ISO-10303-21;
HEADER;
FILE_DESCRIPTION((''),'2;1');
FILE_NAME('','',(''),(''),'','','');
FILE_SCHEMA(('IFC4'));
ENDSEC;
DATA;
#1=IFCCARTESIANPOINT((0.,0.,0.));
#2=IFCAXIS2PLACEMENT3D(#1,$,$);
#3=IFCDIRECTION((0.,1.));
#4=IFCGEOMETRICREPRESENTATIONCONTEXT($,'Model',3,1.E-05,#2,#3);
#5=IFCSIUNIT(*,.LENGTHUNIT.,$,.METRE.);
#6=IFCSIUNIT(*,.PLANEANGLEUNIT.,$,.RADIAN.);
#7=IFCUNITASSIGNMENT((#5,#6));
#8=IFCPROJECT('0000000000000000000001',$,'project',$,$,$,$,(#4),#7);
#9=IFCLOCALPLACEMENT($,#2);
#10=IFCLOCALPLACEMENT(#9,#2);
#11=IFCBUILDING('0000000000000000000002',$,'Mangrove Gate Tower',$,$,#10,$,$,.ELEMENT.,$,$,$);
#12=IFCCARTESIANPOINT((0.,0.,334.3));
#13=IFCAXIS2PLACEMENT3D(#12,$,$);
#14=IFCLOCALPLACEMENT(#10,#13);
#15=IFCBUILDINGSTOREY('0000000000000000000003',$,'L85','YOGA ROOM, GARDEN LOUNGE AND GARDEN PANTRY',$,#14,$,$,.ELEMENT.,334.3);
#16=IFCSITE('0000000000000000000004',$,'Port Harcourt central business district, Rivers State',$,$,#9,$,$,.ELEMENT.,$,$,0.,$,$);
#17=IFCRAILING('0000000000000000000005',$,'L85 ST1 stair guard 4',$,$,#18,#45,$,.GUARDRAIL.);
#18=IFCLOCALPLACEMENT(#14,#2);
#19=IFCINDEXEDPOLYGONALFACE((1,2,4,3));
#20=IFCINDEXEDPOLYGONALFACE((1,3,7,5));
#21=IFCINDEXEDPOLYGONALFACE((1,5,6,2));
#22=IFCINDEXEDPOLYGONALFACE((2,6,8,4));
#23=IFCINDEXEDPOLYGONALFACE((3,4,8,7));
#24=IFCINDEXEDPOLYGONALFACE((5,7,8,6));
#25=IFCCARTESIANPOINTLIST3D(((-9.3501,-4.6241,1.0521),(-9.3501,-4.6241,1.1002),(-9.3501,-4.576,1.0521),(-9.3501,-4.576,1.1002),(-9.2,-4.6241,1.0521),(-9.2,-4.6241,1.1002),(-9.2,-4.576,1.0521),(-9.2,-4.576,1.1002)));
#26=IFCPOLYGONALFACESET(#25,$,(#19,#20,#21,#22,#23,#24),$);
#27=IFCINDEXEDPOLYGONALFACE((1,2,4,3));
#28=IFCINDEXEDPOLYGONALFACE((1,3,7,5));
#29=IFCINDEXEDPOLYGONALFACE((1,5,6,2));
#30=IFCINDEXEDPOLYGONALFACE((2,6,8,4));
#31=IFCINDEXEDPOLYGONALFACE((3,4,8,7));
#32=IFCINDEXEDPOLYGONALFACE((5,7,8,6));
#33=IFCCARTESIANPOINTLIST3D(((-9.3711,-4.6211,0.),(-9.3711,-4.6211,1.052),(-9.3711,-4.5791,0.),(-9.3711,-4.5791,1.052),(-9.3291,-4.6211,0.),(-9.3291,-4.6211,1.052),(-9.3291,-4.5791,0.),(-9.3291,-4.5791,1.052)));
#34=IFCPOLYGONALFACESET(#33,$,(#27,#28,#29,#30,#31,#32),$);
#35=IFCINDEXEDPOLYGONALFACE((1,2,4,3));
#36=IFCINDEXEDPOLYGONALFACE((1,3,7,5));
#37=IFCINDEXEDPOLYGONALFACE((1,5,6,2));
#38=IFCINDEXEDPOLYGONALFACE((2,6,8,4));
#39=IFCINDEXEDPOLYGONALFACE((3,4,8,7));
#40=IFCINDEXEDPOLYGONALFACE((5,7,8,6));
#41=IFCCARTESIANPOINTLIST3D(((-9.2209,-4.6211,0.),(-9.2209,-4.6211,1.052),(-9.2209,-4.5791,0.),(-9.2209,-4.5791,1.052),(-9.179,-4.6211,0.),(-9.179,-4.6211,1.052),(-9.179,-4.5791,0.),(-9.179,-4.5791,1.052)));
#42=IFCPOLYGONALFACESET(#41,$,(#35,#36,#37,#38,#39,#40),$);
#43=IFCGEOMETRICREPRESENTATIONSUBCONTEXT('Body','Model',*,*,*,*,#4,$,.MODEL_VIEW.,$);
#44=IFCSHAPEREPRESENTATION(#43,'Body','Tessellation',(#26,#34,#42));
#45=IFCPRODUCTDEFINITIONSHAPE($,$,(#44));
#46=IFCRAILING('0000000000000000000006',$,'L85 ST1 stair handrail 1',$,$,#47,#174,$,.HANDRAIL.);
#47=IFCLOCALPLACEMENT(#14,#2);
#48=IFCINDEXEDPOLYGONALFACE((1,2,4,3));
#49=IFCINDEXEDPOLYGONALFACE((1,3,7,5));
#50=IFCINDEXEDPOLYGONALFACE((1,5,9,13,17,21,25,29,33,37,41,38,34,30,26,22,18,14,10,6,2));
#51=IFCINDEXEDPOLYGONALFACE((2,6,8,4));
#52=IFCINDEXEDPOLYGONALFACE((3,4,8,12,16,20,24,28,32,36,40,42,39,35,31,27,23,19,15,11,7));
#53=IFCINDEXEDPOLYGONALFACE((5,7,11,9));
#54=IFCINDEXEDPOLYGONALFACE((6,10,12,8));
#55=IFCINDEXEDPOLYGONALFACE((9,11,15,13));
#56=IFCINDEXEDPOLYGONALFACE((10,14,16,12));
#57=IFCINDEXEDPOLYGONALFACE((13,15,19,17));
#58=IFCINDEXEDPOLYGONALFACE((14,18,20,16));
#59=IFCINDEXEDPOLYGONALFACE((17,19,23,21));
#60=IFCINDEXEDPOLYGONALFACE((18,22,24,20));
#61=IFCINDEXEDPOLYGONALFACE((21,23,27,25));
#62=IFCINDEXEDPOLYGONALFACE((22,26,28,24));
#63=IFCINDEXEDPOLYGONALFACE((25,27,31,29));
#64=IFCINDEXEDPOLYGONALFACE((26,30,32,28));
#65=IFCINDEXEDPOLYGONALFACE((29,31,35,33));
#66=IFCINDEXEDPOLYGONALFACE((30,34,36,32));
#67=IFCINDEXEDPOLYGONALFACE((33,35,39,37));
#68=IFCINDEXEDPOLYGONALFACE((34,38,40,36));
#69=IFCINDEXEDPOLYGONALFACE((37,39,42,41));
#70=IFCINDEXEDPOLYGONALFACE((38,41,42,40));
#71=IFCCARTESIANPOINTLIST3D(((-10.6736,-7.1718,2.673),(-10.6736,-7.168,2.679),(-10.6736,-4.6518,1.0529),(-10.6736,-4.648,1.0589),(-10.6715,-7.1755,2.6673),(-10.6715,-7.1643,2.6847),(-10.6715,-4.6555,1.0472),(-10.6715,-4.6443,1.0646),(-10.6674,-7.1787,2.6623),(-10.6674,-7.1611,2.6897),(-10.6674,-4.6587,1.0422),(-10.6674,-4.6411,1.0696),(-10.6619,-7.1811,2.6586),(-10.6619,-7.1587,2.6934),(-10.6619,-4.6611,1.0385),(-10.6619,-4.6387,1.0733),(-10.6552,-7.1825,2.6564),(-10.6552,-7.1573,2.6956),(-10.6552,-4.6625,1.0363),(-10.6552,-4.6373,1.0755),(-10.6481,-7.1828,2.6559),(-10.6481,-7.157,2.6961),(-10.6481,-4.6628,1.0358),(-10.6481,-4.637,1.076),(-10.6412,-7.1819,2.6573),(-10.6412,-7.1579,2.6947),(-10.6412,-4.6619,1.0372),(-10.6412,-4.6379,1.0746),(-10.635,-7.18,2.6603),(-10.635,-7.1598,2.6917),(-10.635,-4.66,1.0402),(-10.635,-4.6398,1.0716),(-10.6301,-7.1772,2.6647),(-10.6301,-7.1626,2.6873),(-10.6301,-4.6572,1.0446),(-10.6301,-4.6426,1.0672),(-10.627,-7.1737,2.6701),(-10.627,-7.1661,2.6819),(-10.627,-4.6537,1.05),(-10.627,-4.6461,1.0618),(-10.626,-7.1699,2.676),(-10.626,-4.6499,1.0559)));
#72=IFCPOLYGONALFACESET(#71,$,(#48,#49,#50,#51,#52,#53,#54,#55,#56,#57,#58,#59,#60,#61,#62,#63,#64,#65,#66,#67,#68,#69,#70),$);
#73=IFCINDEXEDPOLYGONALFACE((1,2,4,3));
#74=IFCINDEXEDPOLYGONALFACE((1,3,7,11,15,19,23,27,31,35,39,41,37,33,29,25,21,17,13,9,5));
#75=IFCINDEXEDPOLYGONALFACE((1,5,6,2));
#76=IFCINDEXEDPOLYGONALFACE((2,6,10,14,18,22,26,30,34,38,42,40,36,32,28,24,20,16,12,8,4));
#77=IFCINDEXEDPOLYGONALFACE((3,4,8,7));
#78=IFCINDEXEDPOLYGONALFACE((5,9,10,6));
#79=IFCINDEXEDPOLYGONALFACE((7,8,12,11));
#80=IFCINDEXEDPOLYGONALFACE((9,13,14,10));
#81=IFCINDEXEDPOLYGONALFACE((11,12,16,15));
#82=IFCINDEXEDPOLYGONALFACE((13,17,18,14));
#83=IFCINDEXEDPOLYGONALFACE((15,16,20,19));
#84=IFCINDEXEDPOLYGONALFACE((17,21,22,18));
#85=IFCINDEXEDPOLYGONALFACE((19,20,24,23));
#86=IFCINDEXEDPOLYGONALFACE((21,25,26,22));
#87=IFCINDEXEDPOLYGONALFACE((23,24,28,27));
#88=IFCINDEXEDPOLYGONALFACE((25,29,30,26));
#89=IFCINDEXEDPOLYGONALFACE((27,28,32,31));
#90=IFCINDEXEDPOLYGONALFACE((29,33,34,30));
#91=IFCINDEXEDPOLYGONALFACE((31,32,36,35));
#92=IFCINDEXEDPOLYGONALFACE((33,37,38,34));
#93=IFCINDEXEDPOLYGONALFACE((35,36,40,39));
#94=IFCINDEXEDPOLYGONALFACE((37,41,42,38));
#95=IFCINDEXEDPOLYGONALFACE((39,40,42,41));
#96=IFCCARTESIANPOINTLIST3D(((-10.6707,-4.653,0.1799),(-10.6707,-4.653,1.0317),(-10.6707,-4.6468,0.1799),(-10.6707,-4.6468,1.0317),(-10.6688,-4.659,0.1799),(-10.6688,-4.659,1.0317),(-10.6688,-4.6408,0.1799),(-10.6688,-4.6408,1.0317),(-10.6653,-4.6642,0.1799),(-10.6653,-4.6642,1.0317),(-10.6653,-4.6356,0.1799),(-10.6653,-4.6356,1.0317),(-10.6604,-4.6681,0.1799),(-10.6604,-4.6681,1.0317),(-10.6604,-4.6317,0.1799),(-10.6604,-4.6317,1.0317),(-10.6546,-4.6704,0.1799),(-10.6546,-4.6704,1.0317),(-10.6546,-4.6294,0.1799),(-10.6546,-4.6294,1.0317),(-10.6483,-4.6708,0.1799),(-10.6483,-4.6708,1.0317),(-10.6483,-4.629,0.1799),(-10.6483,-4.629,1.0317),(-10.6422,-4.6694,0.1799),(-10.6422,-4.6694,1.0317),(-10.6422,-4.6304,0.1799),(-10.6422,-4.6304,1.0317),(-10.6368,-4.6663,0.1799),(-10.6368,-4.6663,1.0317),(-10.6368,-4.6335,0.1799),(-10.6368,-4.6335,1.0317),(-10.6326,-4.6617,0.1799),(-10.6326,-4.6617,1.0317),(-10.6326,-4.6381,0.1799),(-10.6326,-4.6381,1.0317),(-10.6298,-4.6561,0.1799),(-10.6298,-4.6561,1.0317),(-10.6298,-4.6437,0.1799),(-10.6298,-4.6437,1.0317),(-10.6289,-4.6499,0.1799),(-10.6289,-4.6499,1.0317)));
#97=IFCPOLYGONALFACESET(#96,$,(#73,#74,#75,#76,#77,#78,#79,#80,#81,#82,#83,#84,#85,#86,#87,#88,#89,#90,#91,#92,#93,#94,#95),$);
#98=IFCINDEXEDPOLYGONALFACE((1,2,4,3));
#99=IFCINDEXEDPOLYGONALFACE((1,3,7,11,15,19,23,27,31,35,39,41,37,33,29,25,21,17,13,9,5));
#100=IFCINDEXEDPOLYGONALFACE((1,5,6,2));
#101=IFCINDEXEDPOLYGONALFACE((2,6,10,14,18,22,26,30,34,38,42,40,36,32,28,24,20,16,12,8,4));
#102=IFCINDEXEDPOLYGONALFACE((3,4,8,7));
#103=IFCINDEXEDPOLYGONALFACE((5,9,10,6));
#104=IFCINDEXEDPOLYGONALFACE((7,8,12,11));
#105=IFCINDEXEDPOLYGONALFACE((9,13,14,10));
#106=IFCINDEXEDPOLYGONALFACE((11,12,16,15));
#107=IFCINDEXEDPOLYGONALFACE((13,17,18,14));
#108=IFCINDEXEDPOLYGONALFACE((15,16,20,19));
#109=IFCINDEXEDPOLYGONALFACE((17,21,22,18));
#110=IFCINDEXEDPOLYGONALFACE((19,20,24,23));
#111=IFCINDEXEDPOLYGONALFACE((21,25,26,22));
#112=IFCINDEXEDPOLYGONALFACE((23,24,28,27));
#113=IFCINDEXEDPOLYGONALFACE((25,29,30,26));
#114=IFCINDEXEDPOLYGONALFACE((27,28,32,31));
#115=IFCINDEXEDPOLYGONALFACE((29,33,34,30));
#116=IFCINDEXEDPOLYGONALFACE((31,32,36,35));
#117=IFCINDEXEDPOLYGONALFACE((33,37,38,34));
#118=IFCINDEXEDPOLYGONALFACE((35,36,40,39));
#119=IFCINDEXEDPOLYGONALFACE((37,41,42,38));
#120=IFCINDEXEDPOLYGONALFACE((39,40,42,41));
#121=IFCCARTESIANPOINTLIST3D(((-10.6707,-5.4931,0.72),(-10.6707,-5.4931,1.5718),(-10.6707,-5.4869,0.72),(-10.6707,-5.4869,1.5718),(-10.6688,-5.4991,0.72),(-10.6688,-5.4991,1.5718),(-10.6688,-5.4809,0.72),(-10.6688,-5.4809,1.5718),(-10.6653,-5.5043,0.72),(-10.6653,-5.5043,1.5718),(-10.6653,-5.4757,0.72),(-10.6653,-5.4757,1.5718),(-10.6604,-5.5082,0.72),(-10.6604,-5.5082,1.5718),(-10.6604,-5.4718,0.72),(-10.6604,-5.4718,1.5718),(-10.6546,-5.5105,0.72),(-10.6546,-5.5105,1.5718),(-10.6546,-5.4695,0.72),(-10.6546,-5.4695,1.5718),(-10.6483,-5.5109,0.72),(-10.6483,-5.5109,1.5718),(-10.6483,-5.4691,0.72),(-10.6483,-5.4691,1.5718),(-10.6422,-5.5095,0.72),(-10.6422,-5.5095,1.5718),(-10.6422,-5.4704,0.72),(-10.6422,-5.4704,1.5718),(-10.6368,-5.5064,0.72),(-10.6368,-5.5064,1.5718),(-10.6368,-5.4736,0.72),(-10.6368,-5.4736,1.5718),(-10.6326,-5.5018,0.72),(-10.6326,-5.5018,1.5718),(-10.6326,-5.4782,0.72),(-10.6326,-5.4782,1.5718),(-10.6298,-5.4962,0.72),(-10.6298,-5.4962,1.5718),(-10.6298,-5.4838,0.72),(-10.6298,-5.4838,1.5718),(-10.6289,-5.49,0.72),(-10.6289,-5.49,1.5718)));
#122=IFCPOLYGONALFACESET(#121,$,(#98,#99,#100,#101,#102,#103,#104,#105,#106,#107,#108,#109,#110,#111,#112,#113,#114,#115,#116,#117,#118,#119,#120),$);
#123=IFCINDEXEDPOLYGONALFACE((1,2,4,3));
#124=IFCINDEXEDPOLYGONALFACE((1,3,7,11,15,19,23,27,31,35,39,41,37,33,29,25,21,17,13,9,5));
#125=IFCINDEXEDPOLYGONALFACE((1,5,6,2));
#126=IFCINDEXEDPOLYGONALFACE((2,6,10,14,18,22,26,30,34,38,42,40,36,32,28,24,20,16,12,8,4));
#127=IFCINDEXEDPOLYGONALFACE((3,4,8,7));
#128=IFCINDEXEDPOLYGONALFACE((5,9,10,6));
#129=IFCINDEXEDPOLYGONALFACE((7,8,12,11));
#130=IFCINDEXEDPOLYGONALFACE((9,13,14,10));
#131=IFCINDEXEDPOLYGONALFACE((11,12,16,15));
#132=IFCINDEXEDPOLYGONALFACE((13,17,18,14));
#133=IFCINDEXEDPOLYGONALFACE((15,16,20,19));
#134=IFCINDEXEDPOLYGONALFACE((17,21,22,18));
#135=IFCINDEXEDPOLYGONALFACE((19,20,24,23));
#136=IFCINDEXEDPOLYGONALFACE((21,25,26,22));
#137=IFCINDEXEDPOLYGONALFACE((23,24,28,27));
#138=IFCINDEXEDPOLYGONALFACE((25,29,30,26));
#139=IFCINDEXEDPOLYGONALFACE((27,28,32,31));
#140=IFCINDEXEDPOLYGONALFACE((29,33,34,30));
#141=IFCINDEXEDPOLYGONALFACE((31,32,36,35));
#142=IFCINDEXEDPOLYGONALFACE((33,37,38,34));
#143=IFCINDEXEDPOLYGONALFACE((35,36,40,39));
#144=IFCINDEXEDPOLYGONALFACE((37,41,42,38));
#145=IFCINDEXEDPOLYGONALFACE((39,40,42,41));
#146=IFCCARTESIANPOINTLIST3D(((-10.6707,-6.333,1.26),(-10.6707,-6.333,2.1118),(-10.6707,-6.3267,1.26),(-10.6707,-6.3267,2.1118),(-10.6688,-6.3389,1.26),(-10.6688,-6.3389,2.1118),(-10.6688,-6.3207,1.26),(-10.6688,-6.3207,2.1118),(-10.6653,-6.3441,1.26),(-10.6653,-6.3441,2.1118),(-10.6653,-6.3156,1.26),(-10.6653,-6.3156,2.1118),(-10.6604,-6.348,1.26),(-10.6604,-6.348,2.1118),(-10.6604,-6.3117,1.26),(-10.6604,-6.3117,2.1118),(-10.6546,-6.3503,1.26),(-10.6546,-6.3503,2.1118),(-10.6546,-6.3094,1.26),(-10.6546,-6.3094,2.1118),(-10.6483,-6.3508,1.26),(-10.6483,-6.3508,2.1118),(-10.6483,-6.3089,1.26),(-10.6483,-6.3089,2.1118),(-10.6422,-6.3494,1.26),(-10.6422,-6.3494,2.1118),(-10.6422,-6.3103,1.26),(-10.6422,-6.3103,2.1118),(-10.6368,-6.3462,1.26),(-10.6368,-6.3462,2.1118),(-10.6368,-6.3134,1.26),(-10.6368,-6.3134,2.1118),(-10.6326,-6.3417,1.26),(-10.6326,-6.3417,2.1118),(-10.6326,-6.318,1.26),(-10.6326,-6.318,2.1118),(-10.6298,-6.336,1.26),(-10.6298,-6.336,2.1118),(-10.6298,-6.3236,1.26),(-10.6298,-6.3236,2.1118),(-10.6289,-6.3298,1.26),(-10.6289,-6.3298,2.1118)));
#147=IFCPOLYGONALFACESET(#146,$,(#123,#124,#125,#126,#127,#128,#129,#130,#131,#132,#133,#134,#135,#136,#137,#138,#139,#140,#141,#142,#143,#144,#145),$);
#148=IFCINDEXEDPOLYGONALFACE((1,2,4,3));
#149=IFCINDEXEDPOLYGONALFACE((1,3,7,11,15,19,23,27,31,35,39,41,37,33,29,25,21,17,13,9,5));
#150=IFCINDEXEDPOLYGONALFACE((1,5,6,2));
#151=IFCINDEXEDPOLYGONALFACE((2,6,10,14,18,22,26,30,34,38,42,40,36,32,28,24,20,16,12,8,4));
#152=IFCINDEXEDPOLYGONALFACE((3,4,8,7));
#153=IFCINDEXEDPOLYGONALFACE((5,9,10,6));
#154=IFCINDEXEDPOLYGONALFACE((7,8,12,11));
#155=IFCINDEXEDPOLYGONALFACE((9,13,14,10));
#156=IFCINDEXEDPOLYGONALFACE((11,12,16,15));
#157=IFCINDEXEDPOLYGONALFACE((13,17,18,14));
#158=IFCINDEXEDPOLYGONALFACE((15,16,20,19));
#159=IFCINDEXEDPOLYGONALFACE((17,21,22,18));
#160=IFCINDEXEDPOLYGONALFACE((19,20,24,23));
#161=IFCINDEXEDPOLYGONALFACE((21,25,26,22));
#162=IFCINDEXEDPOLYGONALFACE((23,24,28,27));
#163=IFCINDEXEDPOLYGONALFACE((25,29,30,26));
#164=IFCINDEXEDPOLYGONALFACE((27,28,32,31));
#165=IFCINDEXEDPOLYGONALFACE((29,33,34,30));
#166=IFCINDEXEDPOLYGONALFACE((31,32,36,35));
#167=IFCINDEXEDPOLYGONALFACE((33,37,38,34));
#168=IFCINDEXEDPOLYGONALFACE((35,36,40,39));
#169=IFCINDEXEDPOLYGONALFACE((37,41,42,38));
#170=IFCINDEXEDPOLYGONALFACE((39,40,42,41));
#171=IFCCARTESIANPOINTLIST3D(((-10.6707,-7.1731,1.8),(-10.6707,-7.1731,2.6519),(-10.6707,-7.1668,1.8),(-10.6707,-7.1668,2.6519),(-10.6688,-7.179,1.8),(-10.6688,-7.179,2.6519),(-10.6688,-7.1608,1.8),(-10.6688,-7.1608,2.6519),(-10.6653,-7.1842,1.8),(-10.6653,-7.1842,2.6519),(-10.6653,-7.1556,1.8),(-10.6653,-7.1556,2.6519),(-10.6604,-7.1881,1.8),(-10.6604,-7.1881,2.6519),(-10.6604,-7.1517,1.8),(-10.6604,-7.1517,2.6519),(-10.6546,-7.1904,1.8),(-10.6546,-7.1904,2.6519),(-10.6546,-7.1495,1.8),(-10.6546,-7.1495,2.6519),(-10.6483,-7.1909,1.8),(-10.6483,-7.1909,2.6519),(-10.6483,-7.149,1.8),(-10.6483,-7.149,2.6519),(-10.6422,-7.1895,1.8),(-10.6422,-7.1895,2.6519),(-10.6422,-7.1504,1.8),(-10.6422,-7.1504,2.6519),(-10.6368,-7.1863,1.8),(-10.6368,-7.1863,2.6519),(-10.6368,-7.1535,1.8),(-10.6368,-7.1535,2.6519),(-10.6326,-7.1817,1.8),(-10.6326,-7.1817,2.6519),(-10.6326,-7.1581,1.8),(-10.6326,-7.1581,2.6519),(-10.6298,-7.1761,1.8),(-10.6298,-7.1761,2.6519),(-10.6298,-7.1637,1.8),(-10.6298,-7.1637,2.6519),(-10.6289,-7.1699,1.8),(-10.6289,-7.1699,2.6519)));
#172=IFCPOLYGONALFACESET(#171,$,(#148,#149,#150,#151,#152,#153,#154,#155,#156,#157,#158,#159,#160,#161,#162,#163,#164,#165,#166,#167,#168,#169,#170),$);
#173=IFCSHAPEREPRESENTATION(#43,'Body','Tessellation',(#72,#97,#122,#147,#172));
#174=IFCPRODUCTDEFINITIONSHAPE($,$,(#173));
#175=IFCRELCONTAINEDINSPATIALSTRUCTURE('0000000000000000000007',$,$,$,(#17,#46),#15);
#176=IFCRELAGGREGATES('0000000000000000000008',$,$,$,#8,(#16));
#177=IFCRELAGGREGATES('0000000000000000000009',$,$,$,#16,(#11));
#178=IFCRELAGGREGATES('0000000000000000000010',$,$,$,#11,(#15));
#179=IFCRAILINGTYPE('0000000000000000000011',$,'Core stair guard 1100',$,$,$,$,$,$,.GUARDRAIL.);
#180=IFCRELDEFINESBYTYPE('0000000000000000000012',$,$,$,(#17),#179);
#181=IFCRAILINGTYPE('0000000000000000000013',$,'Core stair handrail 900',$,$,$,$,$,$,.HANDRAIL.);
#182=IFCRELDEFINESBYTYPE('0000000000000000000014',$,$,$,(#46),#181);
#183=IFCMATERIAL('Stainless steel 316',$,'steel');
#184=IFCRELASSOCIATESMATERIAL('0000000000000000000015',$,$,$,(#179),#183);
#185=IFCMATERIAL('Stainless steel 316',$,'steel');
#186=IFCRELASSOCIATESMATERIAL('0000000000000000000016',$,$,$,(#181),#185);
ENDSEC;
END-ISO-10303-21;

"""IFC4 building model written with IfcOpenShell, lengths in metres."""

from ifc_helpers import new_model, si_unit, direction, frame, origin, origin_2d, place, context, subcontext, project, spatial, rectangle, circle, extrude, material, type_object, element, save


model = new_model("IFC4")

# Units and contexts
model_context = context("Model", 3, precision=1e-05, world=origin(), true_north=direction((0.0, 1.0)))
body_context = subcontext(model_context, "Body", "Model", "MODEL_VIEW")
ifc_project = project(units=[si_unit("LENGTHUNIT", "METRE"), si_unit("PLANEANGLEUNIT", "RADIAN")], contexts=[model_context])

# Site, building, storey
site_placement = place(None, origin())
site = spatial("IfcSite", under=ifc_project, at=site_placement, Name="Port Harcourt central business district, Rivers State", CompositionType="ELEMENT", RefElevation=0.0)
building_placement = place(site_placement, origin())
building = spatial("IfcBuilding", under=site, at=building_placement, Name="Mangrove Gate Tower", CompositionType="ELEMENT")
storey_placement = place(building_placement, frame((0.0, 0.0, 334.3)))
storey = spatial("IfcBuildingStorey", under=building, at=storey_placement, Name="L85", Description="YOGA ROOM, GARDEN LOUNGE AND GARDEN PANTRY", CompositionType="ELEMENT", Elevation=334.3)

# Railings
ifc_material_1 = material(Name="Stainless steel 316", Category="steel")
railing_type_1 = type_object("IfcRailingType", Name="Core stair guard 1100", PredefinedType="GUARDRAIL", material=ifc_material_1)
railing_1_placement = place(storey_placement, frame((-9.3501, -4.6001, 0.0)))
element("IfcRailing", 1, at=railing_1_placement, inside=storey, type_object=railing_type_1, Name="L85 ST1 stair guard 4", PredefinedType="GUARDRAIL", context=body_context, shape_type="SweptSolid", body=[
    extrude(rectangle(XDim=0.0481, YDim=0.0481, at=origin_2d()), frame((0.0, 0.0, 1.0762), z_axis=(1.0, 0.0, 0.0), x_axis=(0.0, 1.0, 0.0)), (0.0, 0.0, 1.0), 0.1501),
    extrude(rectangle(XDim=0.042, YDim=0.042, at=origin_2d()), origin(), (0.0, 0.0, 1.0), 1.052),
    extrude(rectangle(XDim=0.042, YDim=0.042, at=origin_2d()), frame((0.1501, 0.0, 0.0)), (0.0, 0.0, 1.0), 1.052),
])
ifc_material_2 = material(Name="Stainless steel 316", Category="steel")
railing_type_2 = type_object("IfcRailingType", Name="Core stair handrail 900", PredefinedType="HANDRAIL", material=ifc_material_2)
railing_2_placement = place(storey_placement, frame((-10.6499, -4.6499, 0.1799)))
element("IfcRailing", 2, at=railing_2_placement, inside=storey, type_object=railing_type_2, Name="L85 ST1 stair handrail 1", PredefinedType="HANDRAIL", context=body_context, shape_type="SweptSolid", body=[
    extrude(circle(Radius=0.0239, at=origin_2d()), frame((0.0, 0.0, 0.876), z_axis=(0.0, -0.841163, 0.540782), x_axis=(1.0, 0.0, 0.0)), (0.0, 0.0, 1.0), 2.9958),
    extrude(circle(Radius=0.021, at=origin_2d()), origin(), (0.0, 0.0, 1.0), 0.8518),
    extrude(circle(Radius=0.021, at=origin_2d()), frame((0.0, -0.8401, 0.54)), (0.0, 0.0, 1.0), 0.8518),
    extrude(circle(Radius=0.021, at=origin_2d()), frame((0.0, -1.6799, 1.0801)), (0.0, 0.0, 1.0), 0.8518),
    extrude(circle(Radius=0.021, at=origin_2d()), frame((0.0, -2.52, 1.6201)), (0.0, 0.0, 1.0), 0.8518),
])

save(model, "model.ifc")
